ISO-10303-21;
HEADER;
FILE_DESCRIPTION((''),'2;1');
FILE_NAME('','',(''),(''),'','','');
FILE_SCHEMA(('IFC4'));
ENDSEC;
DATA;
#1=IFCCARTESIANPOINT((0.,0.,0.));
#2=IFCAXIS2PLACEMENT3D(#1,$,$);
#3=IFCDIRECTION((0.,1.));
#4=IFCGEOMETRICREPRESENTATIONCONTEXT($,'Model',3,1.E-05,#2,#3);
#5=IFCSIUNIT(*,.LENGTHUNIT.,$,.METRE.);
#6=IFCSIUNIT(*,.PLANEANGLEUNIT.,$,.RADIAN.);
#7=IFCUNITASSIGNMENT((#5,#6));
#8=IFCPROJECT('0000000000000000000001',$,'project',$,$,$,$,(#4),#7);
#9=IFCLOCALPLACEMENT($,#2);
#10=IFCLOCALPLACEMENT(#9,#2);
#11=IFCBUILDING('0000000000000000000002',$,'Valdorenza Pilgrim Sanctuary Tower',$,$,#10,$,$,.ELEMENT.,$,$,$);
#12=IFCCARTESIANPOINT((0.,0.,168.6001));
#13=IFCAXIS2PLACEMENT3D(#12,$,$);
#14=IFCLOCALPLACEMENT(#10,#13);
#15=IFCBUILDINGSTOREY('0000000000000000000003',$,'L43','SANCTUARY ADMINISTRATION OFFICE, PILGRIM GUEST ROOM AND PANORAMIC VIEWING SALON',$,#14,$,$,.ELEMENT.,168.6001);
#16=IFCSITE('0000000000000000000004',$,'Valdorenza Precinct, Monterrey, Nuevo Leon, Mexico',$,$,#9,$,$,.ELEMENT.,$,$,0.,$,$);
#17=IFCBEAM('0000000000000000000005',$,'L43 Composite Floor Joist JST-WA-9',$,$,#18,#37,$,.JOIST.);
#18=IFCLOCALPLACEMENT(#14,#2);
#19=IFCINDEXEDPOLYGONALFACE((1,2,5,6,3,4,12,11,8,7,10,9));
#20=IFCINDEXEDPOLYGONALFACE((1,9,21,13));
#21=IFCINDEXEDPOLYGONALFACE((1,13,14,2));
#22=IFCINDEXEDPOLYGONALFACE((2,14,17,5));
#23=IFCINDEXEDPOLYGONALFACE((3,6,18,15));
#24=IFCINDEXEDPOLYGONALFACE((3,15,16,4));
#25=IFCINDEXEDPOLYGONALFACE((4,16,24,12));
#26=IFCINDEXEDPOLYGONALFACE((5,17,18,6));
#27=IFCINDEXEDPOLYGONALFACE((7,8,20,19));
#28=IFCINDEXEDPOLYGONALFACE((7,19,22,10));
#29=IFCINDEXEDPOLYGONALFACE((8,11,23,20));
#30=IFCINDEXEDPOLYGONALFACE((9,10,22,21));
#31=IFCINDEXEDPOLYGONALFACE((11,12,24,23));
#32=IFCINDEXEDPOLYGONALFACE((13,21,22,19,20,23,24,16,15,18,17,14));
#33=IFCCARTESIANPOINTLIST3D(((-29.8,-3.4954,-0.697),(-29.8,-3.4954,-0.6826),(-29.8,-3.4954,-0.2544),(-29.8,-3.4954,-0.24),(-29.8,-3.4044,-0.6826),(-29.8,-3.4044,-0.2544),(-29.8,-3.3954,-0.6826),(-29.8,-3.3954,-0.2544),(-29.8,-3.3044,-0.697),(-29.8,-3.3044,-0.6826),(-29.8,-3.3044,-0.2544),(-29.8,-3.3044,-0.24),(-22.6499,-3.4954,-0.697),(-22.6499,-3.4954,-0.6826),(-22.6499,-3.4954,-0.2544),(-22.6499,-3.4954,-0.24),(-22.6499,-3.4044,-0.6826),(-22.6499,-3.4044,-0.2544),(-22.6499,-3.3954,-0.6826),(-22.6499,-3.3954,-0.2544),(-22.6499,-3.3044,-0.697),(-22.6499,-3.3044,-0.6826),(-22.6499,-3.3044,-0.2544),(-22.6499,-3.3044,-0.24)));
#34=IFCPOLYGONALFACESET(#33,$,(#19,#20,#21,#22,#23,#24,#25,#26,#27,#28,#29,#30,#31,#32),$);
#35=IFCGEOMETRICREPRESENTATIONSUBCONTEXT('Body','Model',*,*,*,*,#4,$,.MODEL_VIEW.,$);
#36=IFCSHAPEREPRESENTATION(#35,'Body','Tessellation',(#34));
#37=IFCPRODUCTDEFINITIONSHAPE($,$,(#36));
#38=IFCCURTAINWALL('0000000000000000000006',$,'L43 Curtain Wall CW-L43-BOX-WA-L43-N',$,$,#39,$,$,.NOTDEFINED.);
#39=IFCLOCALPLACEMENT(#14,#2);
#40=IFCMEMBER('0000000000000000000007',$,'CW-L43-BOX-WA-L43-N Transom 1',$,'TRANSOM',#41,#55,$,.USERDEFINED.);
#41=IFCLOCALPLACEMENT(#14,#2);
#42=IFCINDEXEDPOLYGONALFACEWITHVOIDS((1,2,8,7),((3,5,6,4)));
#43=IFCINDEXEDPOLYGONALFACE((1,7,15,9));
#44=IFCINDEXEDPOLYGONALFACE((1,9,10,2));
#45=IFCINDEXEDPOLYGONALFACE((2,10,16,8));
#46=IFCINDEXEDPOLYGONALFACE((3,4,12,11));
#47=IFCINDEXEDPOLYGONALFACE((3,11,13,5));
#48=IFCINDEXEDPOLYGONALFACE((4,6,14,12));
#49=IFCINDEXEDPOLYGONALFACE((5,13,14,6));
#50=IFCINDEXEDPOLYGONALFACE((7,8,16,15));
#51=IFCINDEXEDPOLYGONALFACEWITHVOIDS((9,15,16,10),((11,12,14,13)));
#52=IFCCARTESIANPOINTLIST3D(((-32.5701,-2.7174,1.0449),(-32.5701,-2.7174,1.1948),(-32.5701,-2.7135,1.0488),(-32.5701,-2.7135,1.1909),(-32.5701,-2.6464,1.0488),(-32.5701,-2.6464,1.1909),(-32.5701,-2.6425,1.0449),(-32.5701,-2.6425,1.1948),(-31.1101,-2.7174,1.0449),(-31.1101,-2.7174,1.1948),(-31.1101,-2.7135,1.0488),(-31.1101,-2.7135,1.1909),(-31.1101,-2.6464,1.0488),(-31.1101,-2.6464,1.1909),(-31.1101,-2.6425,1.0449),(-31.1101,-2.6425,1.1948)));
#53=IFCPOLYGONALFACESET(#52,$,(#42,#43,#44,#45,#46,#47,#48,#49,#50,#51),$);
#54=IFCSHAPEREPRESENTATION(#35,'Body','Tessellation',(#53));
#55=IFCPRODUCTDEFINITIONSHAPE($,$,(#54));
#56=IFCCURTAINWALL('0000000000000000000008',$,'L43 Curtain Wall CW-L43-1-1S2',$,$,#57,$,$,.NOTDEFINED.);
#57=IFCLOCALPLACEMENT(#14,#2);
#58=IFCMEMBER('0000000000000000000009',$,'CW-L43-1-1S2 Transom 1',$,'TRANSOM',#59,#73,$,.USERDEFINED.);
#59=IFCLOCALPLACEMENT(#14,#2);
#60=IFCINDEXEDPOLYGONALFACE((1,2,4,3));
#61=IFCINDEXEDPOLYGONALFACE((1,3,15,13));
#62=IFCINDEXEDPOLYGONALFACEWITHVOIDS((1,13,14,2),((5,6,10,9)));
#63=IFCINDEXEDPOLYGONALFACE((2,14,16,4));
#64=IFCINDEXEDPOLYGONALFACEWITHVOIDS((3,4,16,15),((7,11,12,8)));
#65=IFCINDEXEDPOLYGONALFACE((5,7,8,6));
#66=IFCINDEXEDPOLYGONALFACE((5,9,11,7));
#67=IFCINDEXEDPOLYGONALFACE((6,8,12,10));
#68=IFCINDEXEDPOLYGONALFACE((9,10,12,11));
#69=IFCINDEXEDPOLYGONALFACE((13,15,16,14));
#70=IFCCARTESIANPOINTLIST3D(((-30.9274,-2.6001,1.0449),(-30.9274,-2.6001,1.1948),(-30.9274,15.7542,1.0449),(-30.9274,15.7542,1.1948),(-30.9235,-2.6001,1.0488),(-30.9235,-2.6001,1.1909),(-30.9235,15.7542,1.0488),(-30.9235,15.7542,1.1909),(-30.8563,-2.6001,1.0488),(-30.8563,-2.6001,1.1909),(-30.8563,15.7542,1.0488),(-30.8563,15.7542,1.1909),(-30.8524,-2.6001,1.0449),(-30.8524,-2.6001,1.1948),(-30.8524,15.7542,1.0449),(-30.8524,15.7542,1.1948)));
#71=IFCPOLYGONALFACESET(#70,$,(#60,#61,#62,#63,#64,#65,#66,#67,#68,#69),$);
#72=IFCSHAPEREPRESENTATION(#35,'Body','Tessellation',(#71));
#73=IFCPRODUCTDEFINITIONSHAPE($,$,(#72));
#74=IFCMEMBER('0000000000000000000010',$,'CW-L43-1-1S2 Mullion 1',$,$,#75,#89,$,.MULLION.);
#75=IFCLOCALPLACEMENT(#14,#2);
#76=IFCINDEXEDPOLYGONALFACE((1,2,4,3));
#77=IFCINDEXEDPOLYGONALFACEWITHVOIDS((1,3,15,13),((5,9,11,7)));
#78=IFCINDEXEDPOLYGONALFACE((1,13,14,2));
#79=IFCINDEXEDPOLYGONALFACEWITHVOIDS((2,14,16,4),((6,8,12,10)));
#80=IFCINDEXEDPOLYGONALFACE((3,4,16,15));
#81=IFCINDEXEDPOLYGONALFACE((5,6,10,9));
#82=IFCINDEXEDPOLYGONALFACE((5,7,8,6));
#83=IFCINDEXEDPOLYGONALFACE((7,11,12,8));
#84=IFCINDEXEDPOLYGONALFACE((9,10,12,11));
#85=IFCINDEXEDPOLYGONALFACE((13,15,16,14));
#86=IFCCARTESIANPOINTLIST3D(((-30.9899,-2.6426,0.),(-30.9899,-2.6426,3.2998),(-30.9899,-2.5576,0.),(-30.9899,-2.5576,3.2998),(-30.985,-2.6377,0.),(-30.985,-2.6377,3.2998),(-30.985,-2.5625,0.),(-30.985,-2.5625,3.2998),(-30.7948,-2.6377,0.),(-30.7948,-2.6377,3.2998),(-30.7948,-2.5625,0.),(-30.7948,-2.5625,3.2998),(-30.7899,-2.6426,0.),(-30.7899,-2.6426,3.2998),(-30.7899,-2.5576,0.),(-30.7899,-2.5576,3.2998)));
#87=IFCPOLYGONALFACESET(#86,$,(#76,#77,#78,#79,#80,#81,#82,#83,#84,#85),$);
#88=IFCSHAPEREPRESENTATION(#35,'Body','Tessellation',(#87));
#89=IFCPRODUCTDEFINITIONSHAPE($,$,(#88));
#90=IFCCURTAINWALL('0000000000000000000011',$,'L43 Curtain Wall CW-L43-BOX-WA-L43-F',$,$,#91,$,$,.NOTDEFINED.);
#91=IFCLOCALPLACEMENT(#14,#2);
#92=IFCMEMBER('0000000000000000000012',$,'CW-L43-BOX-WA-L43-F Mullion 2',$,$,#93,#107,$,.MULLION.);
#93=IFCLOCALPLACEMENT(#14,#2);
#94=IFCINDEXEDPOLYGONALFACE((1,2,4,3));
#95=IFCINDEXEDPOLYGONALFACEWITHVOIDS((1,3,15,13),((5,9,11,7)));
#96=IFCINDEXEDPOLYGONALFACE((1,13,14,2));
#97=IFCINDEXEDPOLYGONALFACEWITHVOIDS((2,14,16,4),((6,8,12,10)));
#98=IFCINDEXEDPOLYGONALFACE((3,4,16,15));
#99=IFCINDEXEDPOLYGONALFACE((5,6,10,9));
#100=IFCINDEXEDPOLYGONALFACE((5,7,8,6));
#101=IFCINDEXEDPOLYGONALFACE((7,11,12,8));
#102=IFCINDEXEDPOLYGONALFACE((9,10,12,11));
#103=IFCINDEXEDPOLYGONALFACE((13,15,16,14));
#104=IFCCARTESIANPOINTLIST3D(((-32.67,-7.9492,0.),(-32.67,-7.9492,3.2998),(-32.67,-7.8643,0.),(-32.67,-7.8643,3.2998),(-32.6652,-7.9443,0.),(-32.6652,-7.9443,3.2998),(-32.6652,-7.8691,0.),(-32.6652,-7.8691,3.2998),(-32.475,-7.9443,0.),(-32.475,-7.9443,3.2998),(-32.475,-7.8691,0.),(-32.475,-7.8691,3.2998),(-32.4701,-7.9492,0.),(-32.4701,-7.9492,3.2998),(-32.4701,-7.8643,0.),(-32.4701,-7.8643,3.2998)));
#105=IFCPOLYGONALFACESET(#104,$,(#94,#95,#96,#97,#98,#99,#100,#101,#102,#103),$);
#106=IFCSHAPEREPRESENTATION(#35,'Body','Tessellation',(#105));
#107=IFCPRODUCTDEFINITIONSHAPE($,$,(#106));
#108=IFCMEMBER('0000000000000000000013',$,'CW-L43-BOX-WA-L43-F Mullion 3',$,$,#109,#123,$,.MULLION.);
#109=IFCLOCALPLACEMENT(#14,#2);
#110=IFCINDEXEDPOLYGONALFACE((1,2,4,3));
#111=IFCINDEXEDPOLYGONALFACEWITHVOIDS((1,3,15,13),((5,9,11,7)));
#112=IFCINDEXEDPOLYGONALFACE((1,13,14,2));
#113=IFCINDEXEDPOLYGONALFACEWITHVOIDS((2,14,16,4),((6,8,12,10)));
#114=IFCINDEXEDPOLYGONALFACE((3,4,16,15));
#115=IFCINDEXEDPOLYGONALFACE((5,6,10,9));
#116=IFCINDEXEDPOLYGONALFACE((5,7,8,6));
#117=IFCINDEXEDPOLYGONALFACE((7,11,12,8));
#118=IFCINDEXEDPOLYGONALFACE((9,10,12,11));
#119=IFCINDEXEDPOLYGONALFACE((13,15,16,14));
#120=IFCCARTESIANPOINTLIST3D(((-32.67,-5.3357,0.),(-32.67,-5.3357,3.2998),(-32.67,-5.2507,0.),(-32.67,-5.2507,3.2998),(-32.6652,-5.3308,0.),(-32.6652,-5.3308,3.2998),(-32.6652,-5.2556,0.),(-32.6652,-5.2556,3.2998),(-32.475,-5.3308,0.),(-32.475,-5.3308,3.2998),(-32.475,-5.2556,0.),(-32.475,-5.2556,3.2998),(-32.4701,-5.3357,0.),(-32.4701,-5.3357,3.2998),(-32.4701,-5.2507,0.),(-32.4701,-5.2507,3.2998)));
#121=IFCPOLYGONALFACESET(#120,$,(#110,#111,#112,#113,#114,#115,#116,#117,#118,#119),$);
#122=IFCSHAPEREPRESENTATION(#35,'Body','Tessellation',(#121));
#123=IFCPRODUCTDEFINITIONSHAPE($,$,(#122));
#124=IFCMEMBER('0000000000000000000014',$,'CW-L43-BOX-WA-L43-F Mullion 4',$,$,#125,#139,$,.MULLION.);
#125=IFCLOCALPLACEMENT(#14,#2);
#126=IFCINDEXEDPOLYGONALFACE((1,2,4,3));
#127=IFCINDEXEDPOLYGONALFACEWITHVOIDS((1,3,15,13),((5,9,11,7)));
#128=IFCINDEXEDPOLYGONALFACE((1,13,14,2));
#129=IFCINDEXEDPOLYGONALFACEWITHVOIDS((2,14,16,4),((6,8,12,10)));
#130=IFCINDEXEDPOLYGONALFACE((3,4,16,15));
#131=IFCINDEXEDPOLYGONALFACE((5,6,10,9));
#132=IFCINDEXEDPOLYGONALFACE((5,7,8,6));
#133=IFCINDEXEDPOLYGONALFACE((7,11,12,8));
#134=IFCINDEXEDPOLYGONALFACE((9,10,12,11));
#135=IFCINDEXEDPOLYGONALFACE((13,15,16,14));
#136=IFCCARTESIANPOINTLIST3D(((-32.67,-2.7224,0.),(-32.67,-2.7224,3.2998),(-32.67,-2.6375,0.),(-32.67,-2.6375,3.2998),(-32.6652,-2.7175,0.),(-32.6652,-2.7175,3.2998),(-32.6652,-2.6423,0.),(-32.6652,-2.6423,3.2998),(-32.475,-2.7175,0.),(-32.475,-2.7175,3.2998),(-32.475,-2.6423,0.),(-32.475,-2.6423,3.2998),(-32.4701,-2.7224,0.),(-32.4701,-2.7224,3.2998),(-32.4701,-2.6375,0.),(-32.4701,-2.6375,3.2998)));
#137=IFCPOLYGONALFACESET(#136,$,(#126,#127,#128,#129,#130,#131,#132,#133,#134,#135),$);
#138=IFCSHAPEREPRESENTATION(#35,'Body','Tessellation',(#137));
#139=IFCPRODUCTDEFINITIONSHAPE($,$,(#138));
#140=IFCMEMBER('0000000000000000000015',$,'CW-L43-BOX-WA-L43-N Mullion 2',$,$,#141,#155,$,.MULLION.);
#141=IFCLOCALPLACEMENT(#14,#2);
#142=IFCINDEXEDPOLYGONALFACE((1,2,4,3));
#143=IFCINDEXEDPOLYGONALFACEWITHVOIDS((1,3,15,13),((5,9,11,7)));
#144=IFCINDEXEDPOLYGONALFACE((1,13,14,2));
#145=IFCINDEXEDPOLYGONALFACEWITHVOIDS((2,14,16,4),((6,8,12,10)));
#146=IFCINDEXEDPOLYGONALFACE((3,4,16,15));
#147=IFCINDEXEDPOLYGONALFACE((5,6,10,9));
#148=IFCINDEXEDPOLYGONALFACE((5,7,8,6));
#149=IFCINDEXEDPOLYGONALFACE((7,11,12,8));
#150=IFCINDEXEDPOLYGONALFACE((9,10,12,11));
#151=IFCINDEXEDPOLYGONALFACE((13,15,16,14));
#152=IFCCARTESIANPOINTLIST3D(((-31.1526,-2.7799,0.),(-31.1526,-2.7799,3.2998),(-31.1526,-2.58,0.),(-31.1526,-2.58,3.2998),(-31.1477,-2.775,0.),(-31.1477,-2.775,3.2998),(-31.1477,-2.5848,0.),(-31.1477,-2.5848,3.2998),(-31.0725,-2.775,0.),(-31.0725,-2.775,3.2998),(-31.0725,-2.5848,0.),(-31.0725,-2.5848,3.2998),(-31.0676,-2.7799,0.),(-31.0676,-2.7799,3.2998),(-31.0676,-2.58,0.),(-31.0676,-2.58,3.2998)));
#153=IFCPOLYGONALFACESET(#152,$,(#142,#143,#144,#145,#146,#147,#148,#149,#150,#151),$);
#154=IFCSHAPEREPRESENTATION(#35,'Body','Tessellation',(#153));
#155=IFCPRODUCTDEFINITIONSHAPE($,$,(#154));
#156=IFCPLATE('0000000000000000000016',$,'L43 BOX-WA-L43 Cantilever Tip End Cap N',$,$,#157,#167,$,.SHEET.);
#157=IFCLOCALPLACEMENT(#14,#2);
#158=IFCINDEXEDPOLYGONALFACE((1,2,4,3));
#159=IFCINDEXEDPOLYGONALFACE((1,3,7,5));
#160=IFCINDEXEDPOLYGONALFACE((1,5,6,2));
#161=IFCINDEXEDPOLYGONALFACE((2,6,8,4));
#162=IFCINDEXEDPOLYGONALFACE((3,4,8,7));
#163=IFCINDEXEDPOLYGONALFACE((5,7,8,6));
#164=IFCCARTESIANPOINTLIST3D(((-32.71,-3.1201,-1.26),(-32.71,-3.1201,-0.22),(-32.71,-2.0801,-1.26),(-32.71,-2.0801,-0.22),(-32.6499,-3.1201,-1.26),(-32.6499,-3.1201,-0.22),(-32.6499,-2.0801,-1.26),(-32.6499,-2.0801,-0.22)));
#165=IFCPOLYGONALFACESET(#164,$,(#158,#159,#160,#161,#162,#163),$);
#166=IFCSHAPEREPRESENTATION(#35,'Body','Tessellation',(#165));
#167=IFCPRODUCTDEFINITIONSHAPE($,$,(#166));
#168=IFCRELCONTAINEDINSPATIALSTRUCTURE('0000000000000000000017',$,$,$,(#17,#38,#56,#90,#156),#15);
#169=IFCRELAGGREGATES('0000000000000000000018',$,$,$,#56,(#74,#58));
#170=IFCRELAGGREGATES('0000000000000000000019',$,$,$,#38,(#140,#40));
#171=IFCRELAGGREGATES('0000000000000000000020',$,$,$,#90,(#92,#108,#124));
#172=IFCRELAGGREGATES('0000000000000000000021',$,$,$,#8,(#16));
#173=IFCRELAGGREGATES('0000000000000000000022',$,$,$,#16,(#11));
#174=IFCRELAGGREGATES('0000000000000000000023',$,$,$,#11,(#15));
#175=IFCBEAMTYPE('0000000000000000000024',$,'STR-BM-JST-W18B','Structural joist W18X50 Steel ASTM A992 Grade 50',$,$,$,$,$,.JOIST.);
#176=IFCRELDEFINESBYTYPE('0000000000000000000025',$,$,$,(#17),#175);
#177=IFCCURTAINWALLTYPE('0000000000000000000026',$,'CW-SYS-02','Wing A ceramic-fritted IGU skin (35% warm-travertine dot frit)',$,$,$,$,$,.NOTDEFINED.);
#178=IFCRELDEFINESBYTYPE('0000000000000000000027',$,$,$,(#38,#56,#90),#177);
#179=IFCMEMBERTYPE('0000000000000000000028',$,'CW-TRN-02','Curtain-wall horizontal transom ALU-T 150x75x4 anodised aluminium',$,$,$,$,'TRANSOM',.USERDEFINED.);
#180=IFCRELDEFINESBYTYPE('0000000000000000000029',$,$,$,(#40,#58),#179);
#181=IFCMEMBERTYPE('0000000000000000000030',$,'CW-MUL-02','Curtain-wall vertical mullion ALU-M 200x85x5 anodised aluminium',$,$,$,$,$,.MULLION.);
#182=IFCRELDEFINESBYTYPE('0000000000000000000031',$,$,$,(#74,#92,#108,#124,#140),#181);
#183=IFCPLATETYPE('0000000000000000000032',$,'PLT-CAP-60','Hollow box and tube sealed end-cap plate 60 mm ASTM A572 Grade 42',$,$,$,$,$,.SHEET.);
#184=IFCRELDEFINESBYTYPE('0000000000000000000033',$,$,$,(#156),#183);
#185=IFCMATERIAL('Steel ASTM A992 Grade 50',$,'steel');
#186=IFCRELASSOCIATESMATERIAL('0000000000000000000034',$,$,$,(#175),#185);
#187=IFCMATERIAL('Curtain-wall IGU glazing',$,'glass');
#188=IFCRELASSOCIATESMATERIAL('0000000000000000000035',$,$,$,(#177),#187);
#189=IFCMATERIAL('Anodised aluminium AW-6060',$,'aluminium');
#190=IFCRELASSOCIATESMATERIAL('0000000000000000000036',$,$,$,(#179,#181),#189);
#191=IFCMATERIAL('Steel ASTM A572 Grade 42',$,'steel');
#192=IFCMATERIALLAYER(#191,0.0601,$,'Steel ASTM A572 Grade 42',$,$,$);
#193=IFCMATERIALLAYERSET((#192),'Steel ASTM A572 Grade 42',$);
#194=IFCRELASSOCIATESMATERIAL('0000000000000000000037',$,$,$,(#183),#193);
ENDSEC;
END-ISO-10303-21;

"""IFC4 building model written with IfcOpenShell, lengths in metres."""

from ifc_helpers import new_model, si_unit, direction, frame, origin, origin_2d, place, context, subcontext, project, spatial, rectangle, hollow_rectangle, i_section, extrude, source, transform, mapped, material, layer, layer_set, material_profile, profile_set, type_object, element, aggregate, save


model = new_model("IFC4")

# Units and contexts
model_context = context("Model", 3, precision=1e-05, world=origin(), true_north=direction((0.0, 1.0)))
body_context = subcontext(model_context, "Body", "Model", "MODEL_VIEW")
ifc_project = project(units=[si_unit("LENGTHUNIT", "METRE"), si_unit("PLANEANGLEUNIT", "RADIAN")], contexts=[model_context])

# Site, building, storey
site_placement = place(None, origin())
site = spatial("IfcSite", under=ifc_project, at=site_placement, Name="Valdorenza Precinct, Monterrey, Nuevo Leon, Mexico", CompositionType="ELEMENT", RefElevation=0.0)
building_placement = place(site_placement, origin())
building = spatial("IfcBuilding", under=site, at=building_placement, Name="Valdorenza Pilgrim Sanctuary Tower", CompositionType="ELEMENT")
storey_placement = place(building_placement, frame((0.0, 0.0, 168.6001)))
storey = spatial("IfcBuildingStorey", under=building, at=storey_placement, Name="L43", Description="SANCTUARY ADMINISTRATION OFFICE, PILGRIM GUEST ROOM AND PANORAMIC VIEWING SALON", CompositionType="ELEMENT", Elevation=168.6001)

# Beam
ifc_material_1 = material(Name="Steel ASTM A992 Grade 50", Category="steel")
ifc_material_profile_1 = material_profile(ifc_material_1, i_section(OverallWidth=0.1909, OverallDepth=0.457, WebThickness=0.009, FlangeThickness=0.0144, at=origin_2d()), Name="W18X50")
ifc_profile_set_1 = profile_set([ifc_material_profile_1], Name="Steel ASTM A992 Grade 50")
beam_type = type_object("IfcBeamType", Name="STR-BM-JST-W18B", Description="Structural joist W18X50 Steel ASTM A992 Grade 50", PredefinedType="JOIST", material=ifc_profile_set_1)
shared_shape_1 = source(origin(), body_context, "Body", "SweptSolid", [
    extrude(i_section(OverallWidth=0.1909, OverallDepth=0.457, WebThickness=0.009, FlangeThickness=0.0144, at=origin_2d()), origin(), (0.0, 0.0, 1.0), 7.1501),
])
for number, where, z_axis, x_axis, name in (
    (1, (-29.8, -3.3999, -0.4685), (1.0, 0.0, 0.0), (0.0, 1.0, 0.0), "L43 Composite Floor Joist JST-WA-9"),
):
    element("IfcBeam", number, at=place(storey_placement, frame(where, z_axis=z_axis, x_axis=x_axis)), inside=storey, type_object=beam_type, Name=name, PredefinedType="JOIST", context=body_context, shape_type="MappedRepresentation", body=[
        mapped(shared_shape_1, transform((0.0, 0.0, 0.0), x_axis=(1.0, 0.0, 0.0), y_axis=(0.0, 1.0, 0.0), z_axis=(0.0, 0.0, 1.0), scale=1.0)),
    ])

# Curtain wall, member
ifc_material_2 = material(Name="Curtain-wall IGU glazing", Category="glass")
curtain_wall_type = type_object("IfcCurtainWallType", Name="CW-SYS-02", Description="Wing A ceramic-fritted IGU skin (35% warm-travertine dot frit)", PredefinedType="NOTDEFINED", material=ifc_material_2)
curtain_wall_1_placement = place(storey_placement, origin())
curtain_wall_1 = element("IfcCurtainWall", 2, at=curtain_wall_1_placement, inside=storey, type_object=curtain_wall_type, Name="L43 Curtain Wall CW-L43-BOX-WA-L43-N", PredefinedType="NOTDEFINED")
ifc_material_3 = material(Name="Anodised aluminium AW-6060", Category="aluminium")
ifc_material_profile_2 = material_profile(ifc_material_3, hollow_rectangle(XDim=0.075, YDim=0.1499, WallThickness=0.0039, at=origin_2d()), Name="ALU-T 150x75x4")
ifc_profile_set_2 = profile_set([ifc_material_profile_2], Name="Anodised aluminium AW-6060")
member_type_1 = type_object("IfcMemberType", Name="CW-TRN-02", Description="Curtain-wall horizontal transom ALU-T 150x75x4 anodised aluminium", ElementType="TRANSOM", PredefinedType="USERDEFINED", material=ifc_profile_set_2)
shared_shape_2 = source(origin(), body_context, "Body", "SweptSolid", [
    extrude(hollow_rectangle(XDim=0.075, YDim=0.1499, WallThickness=0.0039, at=origin_2d()), origin(), (0.0, 0.0, 1.0), 1.46),
])
member_1_placement = place(storey_placement, frame((-32.5701, -2.6799, 1.1199), z_axis=(1.0, 0.0, 0.0), x_axis=(0.0, 1.0, 0.0)))
member_1 = element("IfcMember", 3, at=member_1_placement, type_object=member_type_1, Name="CW-L43-BOX-WA-L43-N Transom 1", ObjectType="TRANSOM", PredefinedType="USERDEFINED", context=body_context, shape_type="MappedRepresentation", body=[
    mapped(shared_shape_2, transform((0.0, 0.0, 0.0), x_axis=(1.0, 0.0, 0.0), y_axis=(0.0, 1.0, 0.0), z_axis=(0.0, 0.0, 1.0), scale=1.0)),
])

# Curtain walls, members
curtain_wall_2_placement = place(storey_placement, origin())
curtain_wall_2 = element("IfcCurtainWall", 4, at=curtain_wall_2_placement, inside=storey, type_object=curtain_wall_type, Name="L43 Curtain Wall CW-L43-1-1S2", PredefinedType="NOTDEFINED")
shared_shape_3 = source(origin(), body_context, "Body", "SweptSolid", [
    extrude(hollow_rectangle(XDim=0.075, YDim=0.1499, WallThickness=0.0039, at=origin_2d()), origin(), (0.0, 0.0, 1.0), 18.3542),
])
member_2_placement = place(storey_placement, frame((-30.8899, -2.6001, 1.1199), z_axis=(0.0, 1.0, 0.0), x_axis=(-1.0, 0.0, 0.0)))
member_2 = element("IfcMember", 5, at=member_2_placement, type_object=member_type_1, Name="CW-L43-1-1S2 Transom 1", ObjectType="TRANSOM", PredefinedType="USERDEFINED", context=body_context, shape_type="MappedRepresentation", body=[
    mapped(shared_shape_3, transform((0.0, 0.0, 0.0), x_axis=(1.0, 0.0, 0.0), y_axis=(0.0, 1.0, 0.0), z_axis=(0.0, 0.0, 1.0), scale=1.0)),
])
ifc_material_profile_3 = material_profile(ifc_material_3, hollow_rectangle(XDim=0.085, YDim=0.2, WallThickness=0.0049, at=origin_2d()), Name="ALU-M 200x85x5")
ifc_profile_set_3 = profile_set([ifc_material_profile_3], Name="Anodised aluminium AW-6060")
member_type_2 = type_object("IfcMemberType", Name="CW-MUL-02", Description="Curtain-wall vertical mullion ALU-M 200x85x5 anodised aluminium", PredefinedType="MULLION", material=ifc_profile_set_3)
shared_shape_4 = source(origin(), body_context, "Body", "SweptSolid", [
    extrude(hollow_rectangle(XDim=0.085, YDim=0.2, WallThickness=0.0049, at=origin_2d()), origin(), (0.0, 0.0, 1.0), 3.2998),
])
member_3_placement = place(storey_placement, frame((-30.8899, -2.6001, 0.0), z_axis=(0.0, 0.0, 1.0), x_axis=(0.0, 1.0, 0.0)))
member_3 = element("IfcMember", 6, at=member_3_placement, type_object=member_type_2, Name="CW-L43-1-1S2 Mullion 1", PredefinedType="MULLION", context=body_context, shape_type="MappedRepresentation", body=[
    mapped(shared_shape_4, transform((0.0, 0.0, 0.0), x_axis=(1.0, 0.0, 0.0), y_axis=(0.0, 1.0, 0.0), z_axis=(0.0, 0.0, 1.0), scale=1.0)),
])
aggregate(curtain_wall_2, [member_3, member_2])
curtain_wall_3_placement = place(storey_placement, origin())
curtain_wall_3 = element("IfcCurtainWall", 7, at=curtain_wall_3_placement, inside=storey, type_object=curtain_wall_type, Name="L43 Curtain Wall CW-L43-BOX-WA-L43-F", PredefinedType="NOTDEFINED")
member_4_placement = place(storey_placement, frame((-32.5701, -7.9067, 0.0), z_axis=(0.0, 0.0, 1.0), x_axis=(0.0, 1.0, 0.0)))
member_4 = element("IfcMember", 8, at=member_4_placement, type_object=member_type_2, Name="CW-L43-BOX-WA-L43-F Mullion 2", PredefinedType="MULLION", context=body_context, shape_type="MappedRepresentation", body=[
    mapped(shared_shape_4, transform((0.0, 0.0, 0.0), x_axis=(1.0, 0.0, 0.0), y_axis=(0.0, 1.0, 0.0), z_axis=(0.0, 0.0, 1.0), scale=1.0)),
])
member_5_placement = place(storey_placement, frame((-32.5701, -5.2932, 0.0), z_axis=(0.0, 0.0, 1.0), x_axis=(0.0, 1.0, 0.0)))
member_5 = element("IfcMember", 9, at=member_5_placement, type_object=member_type_2, Name="CW-L43-BOX-WA-L43-F Mullion 3", PredefinedType="MULLION", context=body_context, shape_type="MappedRepresentation", body=[
    mapped(shared_shape_4, transform((0.0, 0.0, 0.0), x_axis=(1.0, 0.0, 0.0), y_axis=(0.0, 1.0, 0.0), z_axis=(0.0, 0.0, 1.0), scale=1.0)),
])
member_6_placement = place(storey_placement, frame((-32.5701, -2.6799, 0.0), z_axis=(0.0, 0.0, 1.0), x_axis=(0.0, 1.0, 0.0)))
member_6 = element("IfcMember", 10, at=member_6_placement, type_object=member_type_2, Name="CW-L43-BOX-WA-L43-F Mullion 4", PredefinedType="MULLION", context=body_context, shape_type="MappedRepresentation", body=[
    mapped(shared_shape_4, transform((0.0, 0.0, 0.0), x_axis=(1.0, 0.0, 0.0), y_axis=(0.0, 1.0, 0.0), z_axis=(0.0, 0.0, 1.0), scale=1.0)),
])

# Member
member_7_placement = place(storey_placement, frame((-31.1101, -2.6799, 0.0), z_axis=(0.0, 0.0, 1.0), x_axis=(1.0, 0.0, 0.0)))
member_7 = element("IfcMember", 11, at=member_7_placement, type_object=member_type_2, Name="CW-L43-BOX-WA-L43-N Mullion 2", PredefinedType="MULLION", context=body_context, shape_type="MappedRepresentation", body=[
    mapped(shared_shape_4, transform((0.0, 0.0, 0.0), x_axis=(1.0, 0.0, 0.0), y_axis=(0.0, 1.0, 0.0), z_axis=(0.0, 0.0, 1.0), scale=1.0)),
])

# Plate
ifc_material_4 = material(Name="Steel ASTM A572 Grade 42", Category="steel")
ifc_layer_1 = layer(ifc_material_4, 0.0601, Name="Steel ASTM A572 Grade 42")
ifc_layer_set_1 = layer_set([ifc_layer_1], Name="Steel ASTM A572 Grade 42")
plate_type_1 = type_object("IfcPlateType", Name="PLT-CAP-60", Description="Hollow box and tube sealed end-cap plate 60 mm ASTM A572 Grade 42", PredefinedType="SHEET", material=ifc_layer_set_1)
shared_shape_5 = source(origin(), body_context, "Body", "SweptSolid", [
    extrude(rectangle(XDim=0.0601, YDim=1.04, at=origin_2d()), origin(), (0.0, 0.0, 1.0), 1.04),
])
plate_1_placement = place(storey_placement, frame((-32.6799, -2.6001, -1.26), z_axis=(0.0, 0.0, 1.0), x_axis=(1.0, 0.0, 0.0)))
element("IfcPlate", 12, at=plate_1_placement, inside=storey, type_object=plate_type_1, Name="L43 BOX-WA-L43 Cantilever Tip End Cap N", PredefinedType="SHEET", context=body_context, shape_type="MappedRepresentation", body=[
    mapped(shared_shape_5, transform((0.0, 0.0, 0.0), x_axis=(1.0, 0.0, 0.0), y_axis=(0.0, 1.0, 0.0), z_axis=(0.0, 0.0, 1.0), scale=1.0)),
])
aggregate(curtain_wall_1, [member_7, member_1])
aggregate(curtain_wall_3, [member_4, member_5, member_6])

save(model, "model.ifc")
